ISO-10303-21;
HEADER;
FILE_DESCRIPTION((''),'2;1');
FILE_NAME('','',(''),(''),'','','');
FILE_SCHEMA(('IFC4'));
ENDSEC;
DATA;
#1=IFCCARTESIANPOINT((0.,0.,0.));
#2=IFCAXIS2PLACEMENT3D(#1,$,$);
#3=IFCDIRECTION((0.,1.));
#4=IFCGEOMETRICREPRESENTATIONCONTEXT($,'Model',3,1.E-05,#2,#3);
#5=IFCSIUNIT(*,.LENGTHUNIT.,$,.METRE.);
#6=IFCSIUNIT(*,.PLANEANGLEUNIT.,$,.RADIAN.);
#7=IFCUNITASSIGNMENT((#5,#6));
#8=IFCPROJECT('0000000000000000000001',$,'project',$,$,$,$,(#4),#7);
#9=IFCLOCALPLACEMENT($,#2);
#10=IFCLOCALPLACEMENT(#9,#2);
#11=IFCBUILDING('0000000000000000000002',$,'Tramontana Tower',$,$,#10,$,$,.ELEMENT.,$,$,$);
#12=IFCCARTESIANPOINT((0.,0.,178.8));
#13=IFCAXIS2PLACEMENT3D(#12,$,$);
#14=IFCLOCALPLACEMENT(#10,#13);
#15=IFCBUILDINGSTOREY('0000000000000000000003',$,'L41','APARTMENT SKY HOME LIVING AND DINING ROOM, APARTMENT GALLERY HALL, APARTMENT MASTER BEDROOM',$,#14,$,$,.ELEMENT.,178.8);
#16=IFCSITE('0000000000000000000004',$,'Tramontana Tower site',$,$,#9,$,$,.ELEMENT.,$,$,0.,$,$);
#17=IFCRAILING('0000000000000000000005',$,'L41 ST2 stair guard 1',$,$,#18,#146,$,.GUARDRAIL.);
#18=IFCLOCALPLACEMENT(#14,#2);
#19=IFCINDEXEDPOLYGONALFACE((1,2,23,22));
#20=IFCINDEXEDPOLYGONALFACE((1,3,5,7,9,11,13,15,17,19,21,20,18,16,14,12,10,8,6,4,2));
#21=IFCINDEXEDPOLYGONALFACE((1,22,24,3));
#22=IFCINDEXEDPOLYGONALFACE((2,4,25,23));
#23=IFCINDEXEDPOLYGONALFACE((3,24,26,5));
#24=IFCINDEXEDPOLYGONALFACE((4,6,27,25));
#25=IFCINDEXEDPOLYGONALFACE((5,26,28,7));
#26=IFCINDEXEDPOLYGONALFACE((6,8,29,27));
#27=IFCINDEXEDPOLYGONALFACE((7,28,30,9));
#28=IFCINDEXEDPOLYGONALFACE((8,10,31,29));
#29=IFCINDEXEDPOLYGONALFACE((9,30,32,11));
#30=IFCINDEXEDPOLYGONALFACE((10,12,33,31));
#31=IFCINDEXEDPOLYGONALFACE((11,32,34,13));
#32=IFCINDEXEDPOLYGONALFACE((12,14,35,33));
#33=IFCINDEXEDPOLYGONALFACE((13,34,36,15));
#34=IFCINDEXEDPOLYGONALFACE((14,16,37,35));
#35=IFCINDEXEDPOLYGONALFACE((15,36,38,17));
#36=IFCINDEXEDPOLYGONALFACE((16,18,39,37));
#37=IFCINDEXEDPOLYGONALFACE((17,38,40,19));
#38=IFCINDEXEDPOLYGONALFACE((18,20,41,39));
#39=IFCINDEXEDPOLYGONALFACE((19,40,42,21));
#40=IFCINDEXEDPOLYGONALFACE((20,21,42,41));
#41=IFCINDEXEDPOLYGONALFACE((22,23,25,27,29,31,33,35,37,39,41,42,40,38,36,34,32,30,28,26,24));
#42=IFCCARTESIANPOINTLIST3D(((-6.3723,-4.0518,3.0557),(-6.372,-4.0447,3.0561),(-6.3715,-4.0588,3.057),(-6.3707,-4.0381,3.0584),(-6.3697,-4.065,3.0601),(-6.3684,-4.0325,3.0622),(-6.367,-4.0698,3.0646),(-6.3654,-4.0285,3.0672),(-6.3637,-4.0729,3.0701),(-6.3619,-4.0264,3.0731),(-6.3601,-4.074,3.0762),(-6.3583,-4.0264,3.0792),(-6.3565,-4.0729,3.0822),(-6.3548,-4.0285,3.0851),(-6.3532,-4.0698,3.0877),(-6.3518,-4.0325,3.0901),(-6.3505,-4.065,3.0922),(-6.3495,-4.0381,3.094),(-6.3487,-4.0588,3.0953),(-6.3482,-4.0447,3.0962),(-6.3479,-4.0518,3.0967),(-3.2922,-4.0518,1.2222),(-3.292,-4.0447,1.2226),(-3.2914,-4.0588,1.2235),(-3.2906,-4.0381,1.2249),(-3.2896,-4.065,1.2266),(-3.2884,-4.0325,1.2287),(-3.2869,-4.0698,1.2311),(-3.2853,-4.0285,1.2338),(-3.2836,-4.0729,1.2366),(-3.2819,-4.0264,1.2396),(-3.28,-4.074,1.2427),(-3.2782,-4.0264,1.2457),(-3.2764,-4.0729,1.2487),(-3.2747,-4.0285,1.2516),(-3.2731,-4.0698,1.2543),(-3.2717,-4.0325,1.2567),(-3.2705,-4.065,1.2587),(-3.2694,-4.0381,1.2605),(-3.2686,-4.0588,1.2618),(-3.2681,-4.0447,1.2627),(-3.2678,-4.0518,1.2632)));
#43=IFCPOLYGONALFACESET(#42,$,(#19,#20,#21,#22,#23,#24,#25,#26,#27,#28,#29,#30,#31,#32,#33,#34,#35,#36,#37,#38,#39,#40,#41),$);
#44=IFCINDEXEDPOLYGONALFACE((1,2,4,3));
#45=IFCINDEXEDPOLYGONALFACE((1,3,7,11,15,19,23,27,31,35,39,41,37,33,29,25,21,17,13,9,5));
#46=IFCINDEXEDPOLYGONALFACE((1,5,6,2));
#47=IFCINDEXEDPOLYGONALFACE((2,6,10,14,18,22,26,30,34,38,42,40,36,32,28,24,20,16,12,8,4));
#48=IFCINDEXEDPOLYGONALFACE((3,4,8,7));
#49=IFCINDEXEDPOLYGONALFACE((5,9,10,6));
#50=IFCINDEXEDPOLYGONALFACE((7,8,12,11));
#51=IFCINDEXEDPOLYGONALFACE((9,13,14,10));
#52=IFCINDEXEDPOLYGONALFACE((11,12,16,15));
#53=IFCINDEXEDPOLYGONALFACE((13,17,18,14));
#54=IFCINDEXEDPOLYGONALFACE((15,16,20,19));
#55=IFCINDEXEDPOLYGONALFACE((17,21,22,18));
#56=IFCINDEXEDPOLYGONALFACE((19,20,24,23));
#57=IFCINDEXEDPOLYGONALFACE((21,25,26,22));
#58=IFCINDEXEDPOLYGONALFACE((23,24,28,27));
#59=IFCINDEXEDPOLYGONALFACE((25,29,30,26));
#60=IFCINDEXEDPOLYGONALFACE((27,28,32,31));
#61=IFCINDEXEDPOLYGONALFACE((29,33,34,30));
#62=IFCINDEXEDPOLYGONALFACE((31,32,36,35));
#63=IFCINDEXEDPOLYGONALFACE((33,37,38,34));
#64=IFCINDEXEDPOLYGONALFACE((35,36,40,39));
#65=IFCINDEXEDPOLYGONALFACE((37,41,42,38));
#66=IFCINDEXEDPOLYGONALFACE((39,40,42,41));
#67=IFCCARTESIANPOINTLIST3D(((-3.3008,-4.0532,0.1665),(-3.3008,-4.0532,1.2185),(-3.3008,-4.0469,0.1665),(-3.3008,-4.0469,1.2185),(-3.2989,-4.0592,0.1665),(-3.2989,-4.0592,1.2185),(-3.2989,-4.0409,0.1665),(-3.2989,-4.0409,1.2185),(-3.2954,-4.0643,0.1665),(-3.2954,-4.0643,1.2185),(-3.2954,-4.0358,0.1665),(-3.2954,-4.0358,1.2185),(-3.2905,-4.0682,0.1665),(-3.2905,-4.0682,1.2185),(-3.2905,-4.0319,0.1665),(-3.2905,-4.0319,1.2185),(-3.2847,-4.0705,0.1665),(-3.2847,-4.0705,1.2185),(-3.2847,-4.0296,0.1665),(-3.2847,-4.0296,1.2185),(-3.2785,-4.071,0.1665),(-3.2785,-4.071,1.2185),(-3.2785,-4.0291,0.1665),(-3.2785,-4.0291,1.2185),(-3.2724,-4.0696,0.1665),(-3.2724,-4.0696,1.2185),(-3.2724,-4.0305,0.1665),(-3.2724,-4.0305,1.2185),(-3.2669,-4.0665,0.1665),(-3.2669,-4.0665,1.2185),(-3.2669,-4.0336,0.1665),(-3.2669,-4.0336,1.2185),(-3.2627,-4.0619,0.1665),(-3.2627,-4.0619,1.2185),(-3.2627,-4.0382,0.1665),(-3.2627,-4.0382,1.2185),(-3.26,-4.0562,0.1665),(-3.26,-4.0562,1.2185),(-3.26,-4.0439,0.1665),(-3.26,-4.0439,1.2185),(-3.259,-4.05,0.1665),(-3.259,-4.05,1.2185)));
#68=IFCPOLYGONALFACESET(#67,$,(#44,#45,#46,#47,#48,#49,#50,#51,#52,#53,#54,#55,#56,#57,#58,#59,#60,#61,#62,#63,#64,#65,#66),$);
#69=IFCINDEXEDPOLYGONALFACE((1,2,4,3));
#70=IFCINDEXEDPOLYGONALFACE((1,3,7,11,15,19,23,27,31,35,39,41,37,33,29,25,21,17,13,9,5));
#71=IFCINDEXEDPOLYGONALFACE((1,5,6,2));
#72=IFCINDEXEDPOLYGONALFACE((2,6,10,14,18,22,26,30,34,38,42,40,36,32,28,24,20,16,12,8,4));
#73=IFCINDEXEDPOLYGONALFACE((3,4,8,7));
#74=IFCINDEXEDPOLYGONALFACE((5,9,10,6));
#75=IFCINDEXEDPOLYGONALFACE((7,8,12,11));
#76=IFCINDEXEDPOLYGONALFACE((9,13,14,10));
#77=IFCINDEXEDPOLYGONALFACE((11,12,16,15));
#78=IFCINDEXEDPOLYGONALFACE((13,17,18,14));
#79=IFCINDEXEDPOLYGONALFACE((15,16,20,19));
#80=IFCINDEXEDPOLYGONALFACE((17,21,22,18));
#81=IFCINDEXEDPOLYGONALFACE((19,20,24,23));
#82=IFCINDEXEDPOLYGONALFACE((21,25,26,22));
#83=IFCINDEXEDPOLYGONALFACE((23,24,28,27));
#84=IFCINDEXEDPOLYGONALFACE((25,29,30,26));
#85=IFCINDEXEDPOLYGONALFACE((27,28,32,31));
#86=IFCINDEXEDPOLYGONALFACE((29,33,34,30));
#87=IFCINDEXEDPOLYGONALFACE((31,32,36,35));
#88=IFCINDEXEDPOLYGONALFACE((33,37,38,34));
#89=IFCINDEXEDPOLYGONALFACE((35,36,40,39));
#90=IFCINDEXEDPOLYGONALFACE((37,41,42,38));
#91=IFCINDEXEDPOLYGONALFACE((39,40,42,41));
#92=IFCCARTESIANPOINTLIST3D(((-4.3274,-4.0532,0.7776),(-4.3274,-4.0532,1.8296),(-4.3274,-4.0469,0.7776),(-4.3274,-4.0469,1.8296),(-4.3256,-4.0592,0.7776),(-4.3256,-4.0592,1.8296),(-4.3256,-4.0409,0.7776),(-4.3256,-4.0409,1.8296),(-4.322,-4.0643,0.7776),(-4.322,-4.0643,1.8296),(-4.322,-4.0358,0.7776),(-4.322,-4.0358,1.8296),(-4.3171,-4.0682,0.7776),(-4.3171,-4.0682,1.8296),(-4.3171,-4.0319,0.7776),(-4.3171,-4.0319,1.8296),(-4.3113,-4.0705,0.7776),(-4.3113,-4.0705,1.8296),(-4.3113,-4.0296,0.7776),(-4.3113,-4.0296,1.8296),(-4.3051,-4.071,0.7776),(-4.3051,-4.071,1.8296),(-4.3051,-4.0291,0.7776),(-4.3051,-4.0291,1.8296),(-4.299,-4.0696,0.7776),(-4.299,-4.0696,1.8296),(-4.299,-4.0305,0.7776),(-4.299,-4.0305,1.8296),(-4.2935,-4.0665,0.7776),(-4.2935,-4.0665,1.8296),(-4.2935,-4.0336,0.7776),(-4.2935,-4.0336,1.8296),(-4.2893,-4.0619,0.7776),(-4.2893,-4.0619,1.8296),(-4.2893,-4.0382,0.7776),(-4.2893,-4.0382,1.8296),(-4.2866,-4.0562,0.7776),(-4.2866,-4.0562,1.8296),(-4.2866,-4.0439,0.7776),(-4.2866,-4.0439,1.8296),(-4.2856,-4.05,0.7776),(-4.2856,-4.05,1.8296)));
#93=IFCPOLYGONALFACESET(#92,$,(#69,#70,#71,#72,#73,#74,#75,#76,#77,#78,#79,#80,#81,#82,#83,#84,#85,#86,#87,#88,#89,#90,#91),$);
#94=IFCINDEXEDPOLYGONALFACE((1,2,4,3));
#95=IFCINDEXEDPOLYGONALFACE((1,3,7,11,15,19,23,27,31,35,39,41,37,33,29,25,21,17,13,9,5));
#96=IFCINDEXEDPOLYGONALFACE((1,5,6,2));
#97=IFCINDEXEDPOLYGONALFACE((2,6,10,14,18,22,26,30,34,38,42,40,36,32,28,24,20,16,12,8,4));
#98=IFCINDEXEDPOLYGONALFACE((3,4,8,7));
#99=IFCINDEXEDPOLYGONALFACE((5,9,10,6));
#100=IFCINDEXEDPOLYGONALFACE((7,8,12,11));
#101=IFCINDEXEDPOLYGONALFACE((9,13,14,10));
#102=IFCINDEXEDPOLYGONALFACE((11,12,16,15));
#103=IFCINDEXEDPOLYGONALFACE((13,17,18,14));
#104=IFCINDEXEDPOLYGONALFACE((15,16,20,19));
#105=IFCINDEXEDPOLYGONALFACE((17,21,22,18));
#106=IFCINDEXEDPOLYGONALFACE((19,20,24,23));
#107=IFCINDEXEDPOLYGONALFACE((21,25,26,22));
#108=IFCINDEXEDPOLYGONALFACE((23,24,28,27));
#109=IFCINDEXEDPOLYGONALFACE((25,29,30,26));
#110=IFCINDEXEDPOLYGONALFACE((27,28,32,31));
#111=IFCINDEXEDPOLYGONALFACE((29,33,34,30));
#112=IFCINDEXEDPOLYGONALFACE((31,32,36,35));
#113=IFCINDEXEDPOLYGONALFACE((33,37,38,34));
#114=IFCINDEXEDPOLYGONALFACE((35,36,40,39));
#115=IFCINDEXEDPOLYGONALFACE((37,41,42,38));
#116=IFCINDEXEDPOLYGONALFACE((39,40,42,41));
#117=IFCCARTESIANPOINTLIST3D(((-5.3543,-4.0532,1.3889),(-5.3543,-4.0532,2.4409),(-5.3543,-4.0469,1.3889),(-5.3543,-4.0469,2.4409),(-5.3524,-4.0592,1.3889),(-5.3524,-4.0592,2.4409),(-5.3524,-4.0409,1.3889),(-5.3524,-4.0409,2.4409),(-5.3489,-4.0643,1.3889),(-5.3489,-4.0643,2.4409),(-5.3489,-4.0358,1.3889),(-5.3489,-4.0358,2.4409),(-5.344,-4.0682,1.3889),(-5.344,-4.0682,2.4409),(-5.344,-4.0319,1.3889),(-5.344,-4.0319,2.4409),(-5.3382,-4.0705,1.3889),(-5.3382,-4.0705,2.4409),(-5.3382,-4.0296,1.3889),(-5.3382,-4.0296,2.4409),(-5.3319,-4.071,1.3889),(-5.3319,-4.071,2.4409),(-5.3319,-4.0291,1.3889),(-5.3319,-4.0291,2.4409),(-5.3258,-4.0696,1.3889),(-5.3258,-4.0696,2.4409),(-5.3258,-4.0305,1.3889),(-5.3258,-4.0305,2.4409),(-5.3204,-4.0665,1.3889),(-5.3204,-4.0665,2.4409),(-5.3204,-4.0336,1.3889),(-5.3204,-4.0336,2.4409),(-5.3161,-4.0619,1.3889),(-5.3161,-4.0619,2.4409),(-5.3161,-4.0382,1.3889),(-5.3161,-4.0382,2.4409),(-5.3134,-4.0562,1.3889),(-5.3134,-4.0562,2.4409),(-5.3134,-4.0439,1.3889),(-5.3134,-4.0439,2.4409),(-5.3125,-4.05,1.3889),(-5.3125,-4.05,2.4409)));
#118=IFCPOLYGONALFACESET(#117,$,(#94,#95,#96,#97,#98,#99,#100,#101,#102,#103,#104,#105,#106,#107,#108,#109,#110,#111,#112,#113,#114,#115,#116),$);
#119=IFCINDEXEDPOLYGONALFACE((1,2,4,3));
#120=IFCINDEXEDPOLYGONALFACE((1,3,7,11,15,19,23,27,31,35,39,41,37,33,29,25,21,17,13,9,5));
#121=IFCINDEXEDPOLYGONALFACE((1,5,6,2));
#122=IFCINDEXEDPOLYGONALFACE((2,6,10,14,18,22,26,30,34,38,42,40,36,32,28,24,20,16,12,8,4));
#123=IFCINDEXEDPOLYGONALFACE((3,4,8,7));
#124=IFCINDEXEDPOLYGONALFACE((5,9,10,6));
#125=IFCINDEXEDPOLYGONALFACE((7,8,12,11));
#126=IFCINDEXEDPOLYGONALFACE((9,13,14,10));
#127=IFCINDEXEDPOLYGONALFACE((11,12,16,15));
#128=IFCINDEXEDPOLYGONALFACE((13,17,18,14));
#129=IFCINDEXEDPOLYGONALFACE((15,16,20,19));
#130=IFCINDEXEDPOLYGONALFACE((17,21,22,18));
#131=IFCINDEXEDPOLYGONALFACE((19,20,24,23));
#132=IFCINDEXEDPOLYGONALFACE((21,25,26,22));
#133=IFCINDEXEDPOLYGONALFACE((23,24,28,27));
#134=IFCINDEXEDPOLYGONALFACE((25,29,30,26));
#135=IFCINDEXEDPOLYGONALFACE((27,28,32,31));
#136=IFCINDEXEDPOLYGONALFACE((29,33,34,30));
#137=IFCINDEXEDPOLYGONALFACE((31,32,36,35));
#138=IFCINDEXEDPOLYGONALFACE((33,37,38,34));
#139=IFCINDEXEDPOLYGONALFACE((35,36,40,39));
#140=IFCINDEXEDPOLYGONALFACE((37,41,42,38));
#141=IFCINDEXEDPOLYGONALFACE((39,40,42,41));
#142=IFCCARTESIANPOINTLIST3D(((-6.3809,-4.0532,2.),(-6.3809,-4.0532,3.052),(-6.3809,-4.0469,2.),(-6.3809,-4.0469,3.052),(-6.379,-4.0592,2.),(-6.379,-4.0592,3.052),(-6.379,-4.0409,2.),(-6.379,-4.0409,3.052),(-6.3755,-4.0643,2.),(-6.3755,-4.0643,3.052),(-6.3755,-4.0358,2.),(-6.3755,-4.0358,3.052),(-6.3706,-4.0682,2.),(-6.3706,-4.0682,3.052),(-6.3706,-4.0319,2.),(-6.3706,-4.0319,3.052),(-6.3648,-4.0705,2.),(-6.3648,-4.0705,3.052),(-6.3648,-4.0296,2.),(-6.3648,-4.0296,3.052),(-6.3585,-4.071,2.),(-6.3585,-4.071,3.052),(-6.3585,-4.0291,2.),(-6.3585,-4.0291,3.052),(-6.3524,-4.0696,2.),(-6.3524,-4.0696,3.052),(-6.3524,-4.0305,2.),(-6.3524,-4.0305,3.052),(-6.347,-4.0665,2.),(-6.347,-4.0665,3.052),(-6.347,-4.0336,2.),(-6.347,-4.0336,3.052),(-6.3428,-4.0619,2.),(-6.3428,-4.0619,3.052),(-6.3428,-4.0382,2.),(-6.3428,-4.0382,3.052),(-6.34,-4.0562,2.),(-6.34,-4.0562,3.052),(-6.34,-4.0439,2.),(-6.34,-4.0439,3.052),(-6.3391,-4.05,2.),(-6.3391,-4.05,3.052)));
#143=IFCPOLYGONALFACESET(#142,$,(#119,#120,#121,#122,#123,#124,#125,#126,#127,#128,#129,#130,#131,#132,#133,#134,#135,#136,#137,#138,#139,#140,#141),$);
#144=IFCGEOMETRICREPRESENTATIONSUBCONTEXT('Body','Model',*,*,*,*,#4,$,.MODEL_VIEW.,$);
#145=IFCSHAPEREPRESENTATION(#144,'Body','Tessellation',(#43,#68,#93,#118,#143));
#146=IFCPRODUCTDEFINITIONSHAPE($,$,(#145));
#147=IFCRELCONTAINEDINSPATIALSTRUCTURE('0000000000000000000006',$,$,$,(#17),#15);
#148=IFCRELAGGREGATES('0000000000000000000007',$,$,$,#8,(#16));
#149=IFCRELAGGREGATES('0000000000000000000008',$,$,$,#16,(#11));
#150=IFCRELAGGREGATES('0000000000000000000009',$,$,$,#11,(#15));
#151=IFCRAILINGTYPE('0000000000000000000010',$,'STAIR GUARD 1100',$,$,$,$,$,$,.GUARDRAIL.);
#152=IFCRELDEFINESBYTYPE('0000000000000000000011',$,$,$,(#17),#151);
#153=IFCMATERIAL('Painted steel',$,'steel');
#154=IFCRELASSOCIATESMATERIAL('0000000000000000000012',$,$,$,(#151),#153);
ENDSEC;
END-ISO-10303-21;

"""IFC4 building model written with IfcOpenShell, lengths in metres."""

from ifc_helpers import new_model, si_unit, direction, frame, origin, origin_2d, place, context, subcontext, project, spatial, circle, extrude, material, type_object, element, save


model = new_model("IFC4")

# Units and contexts
model_context = context("Model", 3, precision=1e-05, world=origin(), true_north=direction((0.0, 1.0)))
body_context = subcontext(model_context, "Body", "Model", "MODEL_VIEW")
ifc_project = project(units=[si_unit("LENGTHUNIT", "METRE"), si_unit("PLANEANGLEUNIT", "RADIAN")], contexts=[model_context])

# Site, building, storey
site_placement = place(None, origin())
site = spatial("IfcSite", under=ifc_project, at=site_placement, Name="Tramontana Tower site", CompositionType="ELEMENT", RefElevation=0.0)
building_placement = place(site_placement, origin())
building = spatial("IfcBuilding", under=site, at=building_placement, Name="Tramontana Tower", CompositionType="ELEMENT")
storey_placement = place(building_placement, frame((0.0, 0.0, 178.8)))
storey = spatial("IfcBuildingStorey", under=building, at=storey_placement, Name="L41", Description="APARTMENT SKY HOME LIVING AND DINING ROOM, APARTMENT GALLERY HALL, APARTMENT MASTER BEDROOM", CompositionType="ELEMENT", Elevation=178.8)

# Railing
ifc_material_1 = material(Name="Painted steel", Category="steel")
railing_type_1 = type_object("IfcRailingType", Name="STAIR GUARD 1100", PredefinedType="GUARDRAIL", material=ifc_material_1)
railing_1_placement = place(storey_placement, frame((-3.28, -4.05, 0.1665)))
element("IfcRailing", 1, at=railing_1_placement, inside=storey, type_object=railing_type_1, Name="L41 ST2 stair guard 1", PredefinedType="GUARDRAIL", context=body_context, shape_type="SweptSolid", body=[
    extrude(circle(Radius=0.0239, at=origin_2d()), frame((0.0, 0.0, 1.0762), z_axis=(-0.859279, 0.0, 0.511508), x_axis=(0.0, -1.0, 0.0)), (0.0, 0.0, 1.0), 3.5845),
    extrude(circle(Radius=0.021, at=origin_2d()), origin(), (0.0, 0.0, 1.0), 1.052),
    extrude(circle(Radius=0.021, at=origin_2d()), frame((-1.0266, 0.0, 0.6111)), (0.0, 0.0, 1.0), 1.052),
    extrude(circle(Radius=0.021, at=origin_2d()), frame((-2.0535, 0.0, 1.2224)), (0.0, 0.0, 1.0), 1.052),
    extrude(circle(Radius=0.021, at=origin_2d()), frame((-3.0801, 0.0, 1.8335)), (0.0, 0.0, 1.0), 1.052),
])

save(model, "model.ifc")
